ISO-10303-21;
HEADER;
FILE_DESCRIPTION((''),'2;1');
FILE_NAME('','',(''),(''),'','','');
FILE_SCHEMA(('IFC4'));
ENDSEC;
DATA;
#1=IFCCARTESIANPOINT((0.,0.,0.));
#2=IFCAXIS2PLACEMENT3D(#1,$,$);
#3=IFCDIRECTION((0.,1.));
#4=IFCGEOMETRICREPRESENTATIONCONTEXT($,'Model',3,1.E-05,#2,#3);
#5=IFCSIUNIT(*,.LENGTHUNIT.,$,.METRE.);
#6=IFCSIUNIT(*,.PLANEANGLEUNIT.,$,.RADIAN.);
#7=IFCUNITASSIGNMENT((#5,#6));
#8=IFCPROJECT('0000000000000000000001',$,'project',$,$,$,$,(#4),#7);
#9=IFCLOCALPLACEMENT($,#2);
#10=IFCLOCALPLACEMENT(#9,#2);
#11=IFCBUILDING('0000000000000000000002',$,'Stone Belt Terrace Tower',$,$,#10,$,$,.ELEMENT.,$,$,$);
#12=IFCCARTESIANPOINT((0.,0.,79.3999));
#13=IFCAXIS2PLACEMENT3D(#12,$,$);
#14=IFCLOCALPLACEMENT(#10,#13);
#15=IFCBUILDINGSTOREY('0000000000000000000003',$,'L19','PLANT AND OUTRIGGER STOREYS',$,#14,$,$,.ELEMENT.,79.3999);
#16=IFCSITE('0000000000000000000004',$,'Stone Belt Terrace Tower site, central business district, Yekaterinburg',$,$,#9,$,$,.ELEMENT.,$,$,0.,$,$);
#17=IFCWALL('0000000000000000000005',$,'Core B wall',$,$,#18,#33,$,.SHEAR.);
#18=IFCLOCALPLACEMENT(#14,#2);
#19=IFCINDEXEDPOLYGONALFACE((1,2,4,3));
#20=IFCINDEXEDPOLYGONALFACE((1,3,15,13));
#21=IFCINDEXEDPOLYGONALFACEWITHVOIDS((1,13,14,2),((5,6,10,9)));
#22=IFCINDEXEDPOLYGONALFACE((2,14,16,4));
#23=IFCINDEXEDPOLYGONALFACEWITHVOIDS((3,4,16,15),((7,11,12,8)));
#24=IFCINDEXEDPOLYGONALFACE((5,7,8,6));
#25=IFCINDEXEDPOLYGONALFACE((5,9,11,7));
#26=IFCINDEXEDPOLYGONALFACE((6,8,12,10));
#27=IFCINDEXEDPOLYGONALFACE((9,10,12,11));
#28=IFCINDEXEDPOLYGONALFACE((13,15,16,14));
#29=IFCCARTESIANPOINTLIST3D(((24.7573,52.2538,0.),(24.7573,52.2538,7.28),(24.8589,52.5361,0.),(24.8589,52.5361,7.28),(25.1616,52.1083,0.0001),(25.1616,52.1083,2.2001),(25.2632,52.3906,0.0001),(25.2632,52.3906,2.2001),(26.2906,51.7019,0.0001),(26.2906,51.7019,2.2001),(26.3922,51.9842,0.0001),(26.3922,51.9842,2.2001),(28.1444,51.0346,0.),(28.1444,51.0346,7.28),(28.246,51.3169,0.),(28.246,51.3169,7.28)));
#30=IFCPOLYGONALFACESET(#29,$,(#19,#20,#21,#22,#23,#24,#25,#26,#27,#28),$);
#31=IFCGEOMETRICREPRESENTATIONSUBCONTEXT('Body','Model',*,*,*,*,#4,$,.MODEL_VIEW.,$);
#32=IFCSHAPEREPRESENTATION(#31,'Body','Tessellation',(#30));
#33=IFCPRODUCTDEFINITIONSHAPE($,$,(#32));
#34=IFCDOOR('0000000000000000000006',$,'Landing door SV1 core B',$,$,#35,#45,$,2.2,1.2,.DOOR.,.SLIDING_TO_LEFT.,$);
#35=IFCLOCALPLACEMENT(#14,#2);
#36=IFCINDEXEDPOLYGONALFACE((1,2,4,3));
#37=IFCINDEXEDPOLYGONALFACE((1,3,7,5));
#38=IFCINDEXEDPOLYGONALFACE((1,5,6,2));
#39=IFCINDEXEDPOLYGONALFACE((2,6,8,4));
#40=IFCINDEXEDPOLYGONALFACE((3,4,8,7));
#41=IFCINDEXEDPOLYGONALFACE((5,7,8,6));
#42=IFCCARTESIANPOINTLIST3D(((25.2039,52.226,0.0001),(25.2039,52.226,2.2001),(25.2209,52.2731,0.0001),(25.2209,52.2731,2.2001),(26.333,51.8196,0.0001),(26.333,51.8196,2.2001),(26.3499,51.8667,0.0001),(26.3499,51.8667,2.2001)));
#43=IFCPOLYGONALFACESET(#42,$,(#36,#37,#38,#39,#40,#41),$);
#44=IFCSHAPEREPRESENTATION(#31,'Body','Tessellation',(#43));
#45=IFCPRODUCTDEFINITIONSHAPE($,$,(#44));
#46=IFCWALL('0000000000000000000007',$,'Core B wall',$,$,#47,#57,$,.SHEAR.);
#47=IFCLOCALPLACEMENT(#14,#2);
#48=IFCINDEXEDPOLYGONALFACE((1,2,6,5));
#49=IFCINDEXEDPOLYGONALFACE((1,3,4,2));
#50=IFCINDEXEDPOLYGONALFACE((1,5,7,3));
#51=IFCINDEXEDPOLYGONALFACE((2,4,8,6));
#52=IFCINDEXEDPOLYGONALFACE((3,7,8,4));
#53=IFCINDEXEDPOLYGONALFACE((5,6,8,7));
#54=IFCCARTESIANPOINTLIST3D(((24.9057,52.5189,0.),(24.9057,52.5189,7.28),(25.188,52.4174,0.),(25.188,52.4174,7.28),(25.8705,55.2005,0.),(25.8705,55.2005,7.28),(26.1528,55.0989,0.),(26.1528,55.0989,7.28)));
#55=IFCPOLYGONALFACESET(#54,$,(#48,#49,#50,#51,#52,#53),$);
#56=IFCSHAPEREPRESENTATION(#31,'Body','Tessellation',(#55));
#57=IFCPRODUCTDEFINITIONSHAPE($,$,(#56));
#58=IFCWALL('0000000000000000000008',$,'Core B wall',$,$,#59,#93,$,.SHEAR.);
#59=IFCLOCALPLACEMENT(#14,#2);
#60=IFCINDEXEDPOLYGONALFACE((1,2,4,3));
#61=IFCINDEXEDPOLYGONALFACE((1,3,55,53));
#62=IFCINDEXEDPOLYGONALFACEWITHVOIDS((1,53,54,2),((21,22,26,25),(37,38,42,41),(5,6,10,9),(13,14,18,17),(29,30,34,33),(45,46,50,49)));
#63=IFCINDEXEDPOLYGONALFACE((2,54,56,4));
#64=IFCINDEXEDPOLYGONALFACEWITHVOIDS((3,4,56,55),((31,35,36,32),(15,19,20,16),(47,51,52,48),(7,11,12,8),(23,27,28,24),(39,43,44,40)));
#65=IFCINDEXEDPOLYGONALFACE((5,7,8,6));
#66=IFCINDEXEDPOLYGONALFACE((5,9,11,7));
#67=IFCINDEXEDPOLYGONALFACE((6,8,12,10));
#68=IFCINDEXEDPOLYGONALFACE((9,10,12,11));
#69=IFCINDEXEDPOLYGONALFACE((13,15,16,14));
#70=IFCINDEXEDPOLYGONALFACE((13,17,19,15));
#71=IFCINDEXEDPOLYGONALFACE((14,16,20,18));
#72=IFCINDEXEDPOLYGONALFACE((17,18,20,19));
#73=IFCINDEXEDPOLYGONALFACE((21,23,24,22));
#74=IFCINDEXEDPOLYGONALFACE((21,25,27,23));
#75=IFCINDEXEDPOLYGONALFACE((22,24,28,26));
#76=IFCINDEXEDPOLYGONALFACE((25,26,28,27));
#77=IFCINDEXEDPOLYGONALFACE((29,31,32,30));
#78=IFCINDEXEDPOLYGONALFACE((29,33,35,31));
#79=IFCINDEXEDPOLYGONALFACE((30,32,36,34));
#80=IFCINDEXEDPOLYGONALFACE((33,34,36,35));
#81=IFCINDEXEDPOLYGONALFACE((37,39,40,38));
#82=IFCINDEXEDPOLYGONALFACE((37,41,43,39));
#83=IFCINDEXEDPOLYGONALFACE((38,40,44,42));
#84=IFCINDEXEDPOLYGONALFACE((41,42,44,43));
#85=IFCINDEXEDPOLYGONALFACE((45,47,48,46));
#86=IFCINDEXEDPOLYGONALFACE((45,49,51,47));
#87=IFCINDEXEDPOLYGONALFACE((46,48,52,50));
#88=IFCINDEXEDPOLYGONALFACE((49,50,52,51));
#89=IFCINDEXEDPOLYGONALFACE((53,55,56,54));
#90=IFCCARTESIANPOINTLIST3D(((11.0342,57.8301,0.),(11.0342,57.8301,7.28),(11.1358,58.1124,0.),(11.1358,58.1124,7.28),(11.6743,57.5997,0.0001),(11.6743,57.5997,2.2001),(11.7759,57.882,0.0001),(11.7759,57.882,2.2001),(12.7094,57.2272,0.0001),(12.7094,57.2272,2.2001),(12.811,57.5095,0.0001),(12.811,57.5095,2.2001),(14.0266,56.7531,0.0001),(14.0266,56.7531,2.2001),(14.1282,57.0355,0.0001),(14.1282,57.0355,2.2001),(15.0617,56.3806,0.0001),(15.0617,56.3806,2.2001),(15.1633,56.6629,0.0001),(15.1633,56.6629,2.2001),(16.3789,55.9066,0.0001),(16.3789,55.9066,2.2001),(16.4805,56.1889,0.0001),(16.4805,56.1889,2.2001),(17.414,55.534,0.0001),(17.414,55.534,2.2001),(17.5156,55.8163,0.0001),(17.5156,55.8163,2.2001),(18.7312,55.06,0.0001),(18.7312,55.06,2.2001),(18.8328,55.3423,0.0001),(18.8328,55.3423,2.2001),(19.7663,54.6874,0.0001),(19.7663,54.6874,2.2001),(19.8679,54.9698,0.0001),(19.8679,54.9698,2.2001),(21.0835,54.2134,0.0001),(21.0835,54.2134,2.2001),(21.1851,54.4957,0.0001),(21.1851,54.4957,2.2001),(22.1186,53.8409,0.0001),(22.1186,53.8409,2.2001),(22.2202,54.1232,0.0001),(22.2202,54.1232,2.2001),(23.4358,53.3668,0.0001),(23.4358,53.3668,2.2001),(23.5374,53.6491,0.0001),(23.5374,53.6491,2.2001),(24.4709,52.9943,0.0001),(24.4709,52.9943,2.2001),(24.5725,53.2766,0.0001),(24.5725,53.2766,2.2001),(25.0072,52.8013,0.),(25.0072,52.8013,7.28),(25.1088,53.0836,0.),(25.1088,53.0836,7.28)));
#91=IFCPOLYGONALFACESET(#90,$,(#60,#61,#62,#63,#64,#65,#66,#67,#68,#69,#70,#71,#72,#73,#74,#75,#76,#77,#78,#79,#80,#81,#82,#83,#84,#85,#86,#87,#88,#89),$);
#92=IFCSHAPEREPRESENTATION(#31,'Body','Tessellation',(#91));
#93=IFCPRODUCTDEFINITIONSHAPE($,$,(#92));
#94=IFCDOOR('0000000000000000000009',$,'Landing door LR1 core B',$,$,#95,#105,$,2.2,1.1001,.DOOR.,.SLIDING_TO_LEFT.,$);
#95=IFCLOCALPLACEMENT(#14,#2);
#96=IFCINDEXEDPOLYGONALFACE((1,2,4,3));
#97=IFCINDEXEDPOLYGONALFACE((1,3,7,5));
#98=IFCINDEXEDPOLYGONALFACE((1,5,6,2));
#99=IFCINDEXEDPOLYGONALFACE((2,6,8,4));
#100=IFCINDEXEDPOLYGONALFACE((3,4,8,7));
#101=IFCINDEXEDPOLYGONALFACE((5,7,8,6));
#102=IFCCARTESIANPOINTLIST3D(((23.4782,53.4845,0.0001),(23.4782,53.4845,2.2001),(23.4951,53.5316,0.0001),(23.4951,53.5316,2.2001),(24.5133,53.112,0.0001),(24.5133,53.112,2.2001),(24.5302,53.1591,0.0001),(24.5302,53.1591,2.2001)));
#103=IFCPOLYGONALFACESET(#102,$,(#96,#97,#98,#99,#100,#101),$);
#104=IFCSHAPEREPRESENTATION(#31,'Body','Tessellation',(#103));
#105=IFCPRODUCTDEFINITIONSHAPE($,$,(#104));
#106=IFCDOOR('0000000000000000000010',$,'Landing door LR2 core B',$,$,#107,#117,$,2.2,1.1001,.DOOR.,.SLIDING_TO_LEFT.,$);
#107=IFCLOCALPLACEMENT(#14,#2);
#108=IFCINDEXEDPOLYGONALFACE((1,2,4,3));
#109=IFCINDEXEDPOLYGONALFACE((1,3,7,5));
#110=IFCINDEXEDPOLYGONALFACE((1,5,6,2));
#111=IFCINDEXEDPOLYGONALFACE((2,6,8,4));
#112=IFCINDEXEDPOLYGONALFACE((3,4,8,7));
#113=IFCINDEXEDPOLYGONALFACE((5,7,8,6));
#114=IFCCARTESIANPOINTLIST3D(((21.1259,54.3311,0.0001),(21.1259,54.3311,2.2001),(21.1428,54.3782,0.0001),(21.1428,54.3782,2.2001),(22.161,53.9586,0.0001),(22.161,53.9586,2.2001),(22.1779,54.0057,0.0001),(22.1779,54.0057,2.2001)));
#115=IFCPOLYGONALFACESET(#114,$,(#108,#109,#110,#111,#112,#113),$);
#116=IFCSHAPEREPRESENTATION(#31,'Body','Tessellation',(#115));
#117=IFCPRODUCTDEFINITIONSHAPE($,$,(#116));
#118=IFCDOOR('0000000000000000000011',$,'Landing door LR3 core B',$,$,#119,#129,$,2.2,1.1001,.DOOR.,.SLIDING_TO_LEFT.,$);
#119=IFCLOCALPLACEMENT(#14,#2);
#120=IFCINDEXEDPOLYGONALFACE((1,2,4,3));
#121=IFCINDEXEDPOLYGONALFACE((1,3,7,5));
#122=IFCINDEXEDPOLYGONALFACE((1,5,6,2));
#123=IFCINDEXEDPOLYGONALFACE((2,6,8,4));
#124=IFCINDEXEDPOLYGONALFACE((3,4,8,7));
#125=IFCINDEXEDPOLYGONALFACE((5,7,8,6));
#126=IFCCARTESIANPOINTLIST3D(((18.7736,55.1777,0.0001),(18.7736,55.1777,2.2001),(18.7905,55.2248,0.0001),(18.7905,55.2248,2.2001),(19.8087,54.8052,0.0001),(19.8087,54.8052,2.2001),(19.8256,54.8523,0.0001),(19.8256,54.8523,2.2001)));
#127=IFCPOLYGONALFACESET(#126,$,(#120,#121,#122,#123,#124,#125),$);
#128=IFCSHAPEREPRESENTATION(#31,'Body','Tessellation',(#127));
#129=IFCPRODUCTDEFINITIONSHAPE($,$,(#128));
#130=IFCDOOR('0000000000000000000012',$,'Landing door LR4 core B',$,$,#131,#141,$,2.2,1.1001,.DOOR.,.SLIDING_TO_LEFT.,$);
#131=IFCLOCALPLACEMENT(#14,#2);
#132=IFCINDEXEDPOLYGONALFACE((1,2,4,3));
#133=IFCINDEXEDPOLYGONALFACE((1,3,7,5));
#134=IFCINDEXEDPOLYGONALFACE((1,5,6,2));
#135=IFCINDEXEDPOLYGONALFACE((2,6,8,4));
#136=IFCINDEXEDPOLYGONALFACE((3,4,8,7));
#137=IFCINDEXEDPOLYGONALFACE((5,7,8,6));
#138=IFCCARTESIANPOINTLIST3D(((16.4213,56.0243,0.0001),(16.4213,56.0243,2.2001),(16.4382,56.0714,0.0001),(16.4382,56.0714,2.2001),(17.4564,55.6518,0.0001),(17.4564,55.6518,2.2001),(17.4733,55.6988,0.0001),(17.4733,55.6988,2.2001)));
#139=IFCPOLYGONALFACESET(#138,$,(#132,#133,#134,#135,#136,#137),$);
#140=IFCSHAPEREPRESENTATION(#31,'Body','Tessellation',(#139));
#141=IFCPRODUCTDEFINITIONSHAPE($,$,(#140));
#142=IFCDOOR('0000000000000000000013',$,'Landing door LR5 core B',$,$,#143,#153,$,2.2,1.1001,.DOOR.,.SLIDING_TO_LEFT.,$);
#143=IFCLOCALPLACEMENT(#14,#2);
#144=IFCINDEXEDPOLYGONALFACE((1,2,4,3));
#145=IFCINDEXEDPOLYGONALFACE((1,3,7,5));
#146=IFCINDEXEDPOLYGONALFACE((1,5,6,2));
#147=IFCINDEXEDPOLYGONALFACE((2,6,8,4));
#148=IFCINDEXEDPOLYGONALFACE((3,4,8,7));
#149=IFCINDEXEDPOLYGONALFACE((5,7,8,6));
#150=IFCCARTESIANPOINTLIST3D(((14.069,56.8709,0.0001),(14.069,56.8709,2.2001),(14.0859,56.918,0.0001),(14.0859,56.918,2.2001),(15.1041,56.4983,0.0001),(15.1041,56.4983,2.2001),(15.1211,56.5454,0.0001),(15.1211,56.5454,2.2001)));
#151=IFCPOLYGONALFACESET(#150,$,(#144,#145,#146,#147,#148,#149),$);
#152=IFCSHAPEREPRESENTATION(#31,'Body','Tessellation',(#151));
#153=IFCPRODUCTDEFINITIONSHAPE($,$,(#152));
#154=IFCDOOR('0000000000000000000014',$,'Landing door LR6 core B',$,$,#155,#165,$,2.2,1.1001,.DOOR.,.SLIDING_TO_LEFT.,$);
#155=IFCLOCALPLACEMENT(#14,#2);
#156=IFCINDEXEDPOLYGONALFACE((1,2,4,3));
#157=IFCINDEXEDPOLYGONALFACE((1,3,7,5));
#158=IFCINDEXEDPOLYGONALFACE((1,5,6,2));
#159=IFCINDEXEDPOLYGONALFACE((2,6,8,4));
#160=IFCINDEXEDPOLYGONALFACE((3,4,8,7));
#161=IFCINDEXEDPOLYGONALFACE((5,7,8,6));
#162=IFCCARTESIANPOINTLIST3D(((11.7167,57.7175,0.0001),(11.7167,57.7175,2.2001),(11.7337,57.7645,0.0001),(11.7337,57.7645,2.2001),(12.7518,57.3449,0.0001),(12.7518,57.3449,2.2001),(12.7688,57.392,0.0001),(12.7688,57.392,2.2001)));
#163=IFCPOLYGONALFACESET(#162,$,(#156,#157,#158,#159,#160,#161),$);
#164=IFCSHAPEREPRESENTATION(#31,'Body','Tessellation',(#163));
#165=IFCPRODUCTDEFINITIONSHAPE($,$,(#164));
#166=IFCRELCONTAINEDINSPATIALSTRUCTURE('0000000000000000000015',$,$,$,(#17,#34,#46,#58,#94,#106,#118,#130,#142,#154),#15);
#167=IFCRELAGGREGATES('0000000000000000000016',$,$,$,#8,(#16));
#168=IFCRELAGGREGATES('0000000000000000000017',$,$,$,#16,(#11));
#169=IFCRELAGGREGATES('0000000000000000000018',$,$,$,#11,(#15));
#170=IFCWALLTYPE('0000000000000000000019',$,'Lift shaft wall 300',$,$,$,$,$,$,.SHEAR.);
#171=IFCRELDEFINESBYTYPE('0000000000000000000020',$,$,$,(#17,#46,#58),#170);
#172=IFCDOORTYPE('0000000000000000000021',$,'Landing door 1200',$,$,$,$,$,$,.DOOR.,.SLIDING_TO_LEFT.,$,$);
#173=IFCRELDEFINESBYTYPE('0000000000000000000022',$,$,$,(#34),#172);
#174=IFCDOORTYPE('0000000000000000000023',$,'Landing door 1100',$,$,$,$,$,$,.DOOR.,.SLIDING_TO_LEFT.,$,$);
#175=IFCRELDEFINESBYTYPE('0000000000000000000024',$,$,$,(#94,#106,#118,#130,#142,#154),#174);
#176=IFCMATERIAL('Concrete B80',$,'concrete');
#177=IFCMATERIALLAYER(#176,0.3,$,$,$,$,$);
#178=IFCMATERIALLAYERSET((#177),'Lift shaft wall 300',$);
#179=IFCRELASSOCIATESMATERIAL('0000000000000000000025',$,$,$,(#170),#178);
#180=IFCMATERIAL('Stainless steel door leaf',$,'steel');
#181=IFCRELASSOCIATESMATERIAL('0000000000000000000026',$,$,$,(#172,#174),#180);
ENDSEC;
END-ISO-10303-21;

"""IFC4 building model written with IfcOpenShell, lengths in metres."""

from ifc_helpers import new_model, si_unit, direction, frame, frame_2d, origin, place, context, subcontext, project, spatial, rectangle, extrude, material, layer, layer_set, type_object, element, fill, save


model = new_model("IFC4")

# Units and contexts
model_context = context("Model", 3, precision=1e-05, world=origin(), true_north=direction((0.0, 1.0)))
body_context = subcontext(model_context, "Body", "Model", "MODEL_VIEW")
ifc_project = project(units=[si_unit("LENGTHUNIT", "METRE"), si_unit("PLANEANGLEUNIT", "RADIAN")], contexts=[model_context])

# Site, building, storey
site_placement = place(None, origin())
site = spatial("IfcSite", under=ifc_project, at=site_placement, Name="Stone Belt Terrace Tower site, central business district, Yekaterinburg", CompositionType="ELEMENT", RefElevation=0.0)
building_placement = place(site_placement, origin())
building = spatial("IfcBuilding", under=site, at=building_placement, Name="Stone Belt Terrace Tower", CompositionType="ELEMENT")
storey_placement = place(building_placement, frame((0.0, 0.0, 79.3999)))
storey = spatial("IfcBuildingStorey", under=building, at=storey_placement, Name="L19", Description="PLANT AND OUTRIGGER STOREYS", CompositionType="ELEMENT", Elevation=79.3999)

# Shared definitions
ifc_material_1 = material(Name="Concrete B80", Category="concrete")

# Wall, opening, door
ifc_layer_1 = layer(ifc_material_1, 0.3)
ifc_layer_set_1 = layer_set([ifc_layer_1], Name="Lift shaft wall 300")
wall_type_1 = type_object("IfcWallType", Name="Lift shaft wall 300", PredefinedType="SHEAR", material=ifc_layer_set_1)
wall_1_placement = place(storey_placement, frame((28.1951, 51.1758, 0.0), z_axis=(0.0, 0.0, 1.0), x_axis=(-0.940901, 0.338681, 0.0)))
wall_1 = element("IfcWall", 1, at=wall_1_placement, inside=storey, type_object=wall_type_1, Name="Core B wall", PredefinedType="SHEAR", context=body_context, shape_type="SweptSolid", body=[
    extrude(rectangle(XDim=3.5999, YDim=0.3, at=frame_2d((1.7998, 0.0))), origin(), (0.0, 0.0, 1.0), 7.28),
])
opening_1_placement = place(wall_1_placement, frame((1.97, 0.0, 0.0)))
opening_1 = element("IfcOpeningElement", 2, at=opening_1_placement, cuts=wall_1, PredefinedType="OPENING", context=body_context, shape_type="SweptSolid", body=[
    extrude(rectangle(XDim=1.2, YDim=2.2, at=frame_2d((0.6001, 1.1001))), frame((0.0, 0.1599, 0.0), z_axis=(0.0, -1.0, 0.0), x_axis=(1.0, 0.0, 0.0)), (0.0, 0.0, 1.0), 0.3201),
])
ifc_material_2 = material(Name="Stainless steel door leaf", Category="steel")
door_type_1 = type_object("IfcDoorType", Name="Landing door 1200", OperationType="SLIDING_TO_LEFT", PredefinedType="DOOR", material=ifc_material_2)
door_1_placement = place(opening_1_placement, origin())
door_1 = element("IfcDoor", 3, at=door_1_placement, inside=storey, type_object=door_type_1, Name="Landing door SV1 core B", OperationType="SLIDING_TO_LEFT", OverallHeight=2.2, OverallWidth=1.2, PredefinedType="DOOR", context=body_context, shape_type="SweptSolid", body=[
    extrude(rectangle(XDim=1.2, YDim=2.2, at=frame_2d((0.6001, 1.1001))), frame((0.0, 0.0249, 0.0), z_axis=(0.0, -1.0, 0.0), x_axis=(1.0, 0.0, 0.0)), (0.0, 0.0, 1.0), 0.05),
])
fill(opening_1, door_1)

# Wall
wall_2_placement = place(storey_placement, frame((25.0469, 52.4683, 0.0), z_axis=(0.0, 0.0, 1.0), x_axis=(0.33855, 0.940949, 0.0)))
element("IfcWall", 4, at=wall_2_placement, inside=storey, type_object=wall_type_1, Name="Core B wall", PredefinedType="SHEAR", context=body_context, shape_type="SweptSolid", body=[
    extrude(rectangle(XDim=2.8499, YDim=0.3, at=frame_2d((1.4248, 0.0))), origin(), (0.0, 0.0, 1.0), 7.28),
])

# Wall, openings, doors
wall_3_placement = place(storey_placement, frame((25.0581, 52.9424, 0.0), z_axis=(0.0, 0.0, 1.0), x_axis=(-0.940918, 0.338634, 0.0)))
wall_3 = element("IfcWall", 5, at=wall_3_placement, inside=storey, type_object=wall_type_1, Name="Core B wall", PredefinedType="SHEAR", context=body_context, shape_type="SweptSolid", body=[
    extrude(rectangle(XDim=14.8503, YDim=0.3, at=frame_2d((7.4253, 0.0))), origin(), (0.0, 0.0, 1.0), 7.28),
])
opening_2_placement = place(wall_3_placement, frame((0.5701, 0.0, 0.0)))
opening_2 = element("IfcOpeningElement", 6, at=opening_2_placement, cuts=wall_3, PredefinedType="OPENING", context=body_context, shape_type="SweptSolid", body=[
    extrude(rectangle(XDim=1.1001, YDim=2.2, at=frame_2d((0.55, 1.1001))), frame((0.0, 0.1599, 0.0), z_axis=(0.0, -1.0, 0.0), x_axis=(1.0, 0.0, 0.0)), (0.0, 0.0, 1.0), 0.3201),
])
opening_3_placement = place(wall_3_placement, frame((3.0701, 0.0, 0.0)))
opening_3 = element("IfcOpeningElement", 7, at=opening_3_placement, cuts=wall_3, PredefinedType="OPENING", context=body_context, shape_type="SweptSolid", body=[
    extrude(rectangle(XDim=1.1001, YDim=2.2, at=frame_2d((0.55, 1.1001))), frame((0.0, 0.1599, 0.0), z_axis=(0.0, -1.0, 0.0), x_axis=(1.0, 0.0, 0.0)), (0.0, 0.0, 1.0), 0.3201),
])
opening_4_placement = place(wall_3_placement, frame((5.5701, 0.0, 0.0)))
opening_4 = element("IfcOpeningElement", 8, at=opening_4_placement, cuts=wall_3, PredefinedType="OPENING", context=body_context, shape_type="SweptSolid", body=[
    extrude(rectangle(XDim=1.1001, YDim=2.2, at=frame_2d((0.55, 1.1001))), frame((0.0, 0.1599, 0.0), z_axis=(0.0, -1.0, 0.0), x_axis=(1.0, 0.0, 0.0)), (0.0, 0.0, 1.0), 0.3201),
])
opening_5_placement = place(wall_3_placement, frame((8.0701, 0.0, 0.0)))
opening_5 = element("IfcOpeningElement", 9, at=opening_5_placement, cuts=wall_3, PredefinedType="OPENING", context=body_context, shape_type="SweptSolid", body=[
    extrude(rectangle(XDim=1.1001, YDim=2.2, at=frame_2d((0.55, 1.1001))), frame((0.0, 0.1599, 0.0), z_axis=(0.0, -1.0, 0.0), x_axis=(1.0, 0.0, 0.0)), (0.0, 0.0, 1.0), 0.3201),
])
opening_6_placement = place(wall_3_placement, frame((10.5701, 0.0, 0.0)))
opening_6 = element("IfcOpeningElement", 10, at=opening_6_placement, cuts=wall_3, PredefinedType="OPENING", context=body_context, shape_type="SweptSolid", body=[
    extrude(rectangle(XDim=1.1001, YDim=2.2, at=frame_2d((0.55, 1.1001))), frame((0.0, 0.1599, 0.0), z_axis=(0.0, -1.0, 0.0), x_axis=(1.0, 0.0, 0.0)), (0.0, 0.0, 1.0), 0.3201),
])
opening_7_placement = place(wall_3_placement, frame((13.0701, 0.0, 0.0)))
opening_7 = element("IfcOpeningElement", 11, at=opening_7_placement, cuts=wall_3, PredefinedType="OPENING", context=body_context, shape_type="SweptSolid", body=[
    extrude(rectangle(XDim=1.1001, YDim=2.2, at=frame_2d((0.55, 1.1001))), frame((0.0, 0.1599, 0.0), z_axis=(0.0, -1.0, 0.0), x_axis=(1.0, 0.0, 0.0)), (0.0, 0.0, 1.0), 0.3201),
])
door_type_2 = type_object("IfcDoorType", Name="Landing door 1100", OperationType="SLIDING_TO_LEFT", PredefinedType="DOOR", material=ifc_material_2)
door_2_placement = place(opening_2_placement, origin())
door_2 = element("IfcDoor", 12, at=door_2_placement, inside=storey, type_object=door_type_2, Name="Landing door LR1 core B", OperationType="SLIDING_TO_LEFT", OverallHeight=2.2, OverallWidth=1.1001, PredefinedType="DOOR", context=body_context, shape_type="SweptSolid", body=[
    extrude(rectangle(XDim=1.1001, YDim=2.2, at=frame_2d((0.55, 1.1001))), frame((0.0, 0.0249, 0.0), z_axis=(0.0, -1.0, 0.0), x_axis=(1.0, 0.0, 0.0)), (0.0, 0.0, 1.0), 0.05),
])
fill(opening_2, door_2)
door_3_placement = place(opening_3_placement, origin())
door_3 = element("IfcDoor", 13, at=door_3_placement, inside=storey, type_object=door_type_2, Name="Landing door LR2 core B", OperationType="SLIDING_TO_LEFT", OverallHeight=2.2, OverallWidth=1.1001, PredefinedType="DOOR", context=body_context, shape_type="SweptSolid", body=[
    extrude(rectangle(XDim=1.1001, YDim=2.2, at=frame_2d((0.55, 1.1001))), frame((0.0, 0.0249, 0.0), z_axis=(0.0, -1.0, 0.0), x_axis=(1.0, 0.0, 0.0)), (0.0, 0.0, 1.0), 0.05),
])
fill(opening_3, door_3)
door_4_placement = place(opening_4_placement, origin())
door_4 = element("IfcDoor", 14, at=door_4_placement, inside=storey, type_object=door_type_2, Name="Landing door LR3 core B", OperationType="SLIDING_TO_LEFT", OverallHeight=2.2, OverallWidth=1.1001, PredefinedType="DOOR", context=body_context, shape_type="SweptSolid", body=[
    extrude(rectangle(XDim=1.1001, YDim=2.2, at=frame_2d((0.55, 1.1001))), frame((0.0, 0.0249, 0.0), z_axis=(0.0, -1.0, 0.0), x_axis=(1.0, 0.0, 0.0)), (0.0, 0.0, 1.0), 0.05),
])
fill(opening_4, door_4)
door_5_placement = place(opening_5_placement, origin())
door_5 = element("IfcDoor", 15, at=door_5_placement, inside=storey, type_object=door_type_2, Name="Landing door LR4 core B", OperationType="SLIDING_TO_LEFT", OverallHeight=2.2, OverallWidth=1.1001, PredefinedType="DOOR", context=body_context, shape_type="SweptSolid", body=[
    extrude(rectangle(XDim=1.1001, YDim=2.2, at=frame_2d((0.55, 1.1001))), frame((0.0, 0.0249, 0.0), z_axis=(0.0, -1.0, 0.0), x_axis=(1.0, 0.0, 0.0)), (0.0, 0.0, 1.0), 0.05),
])
fill(opening_5, door_5)
door_6_placement = place(opening_6_placement, origin())
door_6 = element("IfcDoor", 16, at=door_6_placement, inside=storey, type_object=door_type_2, Name="Landing door LR5 core B", OperationType="SLIDING_TO_LEFT", OverallHeight=2.2, OverallWidth=1.1001, PredefinedType="DOOR", context=body_context, shape_type="SweptSolid", body=[
    extrude(rectangle(XDim=1.1001, YDim=2.2, at=frame_2d((0.55, 1.1001))), frame((0.0, 0.0249, 0.0), z_axis=(0.0, -1.0, 0.0), x_axis=(1.0, 0.0, 0.0)), (0.0, 0.0, 1.0), 0.05),
])
fill(opening_6, door_6)
door_7_placement = place(opening_7_placement, origin())
door_7 = element("IfcDoor", 17, at=door_7_placement, inside=storey, type_object=door_type_2, Name="Landing door LR6 core B", OperationType="SLIDING_TO_LEFT", OverallHeight=2.2, OverallWidth=1.1001, PredefinedType="DOOR", context=body_context, shape_type="SweptSolid", body=[
    extrude(rectangle(XDim=1.1001, YDim=2.2, at=frame_2d((0.55, 1.1001))), frame((0.0, 0.0249, 0.0), z_axis=(0.0, -1.0, 0.0), x_axis=(1.0, 0.0, 0.0)), (0.0, 0.0, 1.0), 0.05),
])
fill(opening_7, door_7)

save(model, "model.ifc")
